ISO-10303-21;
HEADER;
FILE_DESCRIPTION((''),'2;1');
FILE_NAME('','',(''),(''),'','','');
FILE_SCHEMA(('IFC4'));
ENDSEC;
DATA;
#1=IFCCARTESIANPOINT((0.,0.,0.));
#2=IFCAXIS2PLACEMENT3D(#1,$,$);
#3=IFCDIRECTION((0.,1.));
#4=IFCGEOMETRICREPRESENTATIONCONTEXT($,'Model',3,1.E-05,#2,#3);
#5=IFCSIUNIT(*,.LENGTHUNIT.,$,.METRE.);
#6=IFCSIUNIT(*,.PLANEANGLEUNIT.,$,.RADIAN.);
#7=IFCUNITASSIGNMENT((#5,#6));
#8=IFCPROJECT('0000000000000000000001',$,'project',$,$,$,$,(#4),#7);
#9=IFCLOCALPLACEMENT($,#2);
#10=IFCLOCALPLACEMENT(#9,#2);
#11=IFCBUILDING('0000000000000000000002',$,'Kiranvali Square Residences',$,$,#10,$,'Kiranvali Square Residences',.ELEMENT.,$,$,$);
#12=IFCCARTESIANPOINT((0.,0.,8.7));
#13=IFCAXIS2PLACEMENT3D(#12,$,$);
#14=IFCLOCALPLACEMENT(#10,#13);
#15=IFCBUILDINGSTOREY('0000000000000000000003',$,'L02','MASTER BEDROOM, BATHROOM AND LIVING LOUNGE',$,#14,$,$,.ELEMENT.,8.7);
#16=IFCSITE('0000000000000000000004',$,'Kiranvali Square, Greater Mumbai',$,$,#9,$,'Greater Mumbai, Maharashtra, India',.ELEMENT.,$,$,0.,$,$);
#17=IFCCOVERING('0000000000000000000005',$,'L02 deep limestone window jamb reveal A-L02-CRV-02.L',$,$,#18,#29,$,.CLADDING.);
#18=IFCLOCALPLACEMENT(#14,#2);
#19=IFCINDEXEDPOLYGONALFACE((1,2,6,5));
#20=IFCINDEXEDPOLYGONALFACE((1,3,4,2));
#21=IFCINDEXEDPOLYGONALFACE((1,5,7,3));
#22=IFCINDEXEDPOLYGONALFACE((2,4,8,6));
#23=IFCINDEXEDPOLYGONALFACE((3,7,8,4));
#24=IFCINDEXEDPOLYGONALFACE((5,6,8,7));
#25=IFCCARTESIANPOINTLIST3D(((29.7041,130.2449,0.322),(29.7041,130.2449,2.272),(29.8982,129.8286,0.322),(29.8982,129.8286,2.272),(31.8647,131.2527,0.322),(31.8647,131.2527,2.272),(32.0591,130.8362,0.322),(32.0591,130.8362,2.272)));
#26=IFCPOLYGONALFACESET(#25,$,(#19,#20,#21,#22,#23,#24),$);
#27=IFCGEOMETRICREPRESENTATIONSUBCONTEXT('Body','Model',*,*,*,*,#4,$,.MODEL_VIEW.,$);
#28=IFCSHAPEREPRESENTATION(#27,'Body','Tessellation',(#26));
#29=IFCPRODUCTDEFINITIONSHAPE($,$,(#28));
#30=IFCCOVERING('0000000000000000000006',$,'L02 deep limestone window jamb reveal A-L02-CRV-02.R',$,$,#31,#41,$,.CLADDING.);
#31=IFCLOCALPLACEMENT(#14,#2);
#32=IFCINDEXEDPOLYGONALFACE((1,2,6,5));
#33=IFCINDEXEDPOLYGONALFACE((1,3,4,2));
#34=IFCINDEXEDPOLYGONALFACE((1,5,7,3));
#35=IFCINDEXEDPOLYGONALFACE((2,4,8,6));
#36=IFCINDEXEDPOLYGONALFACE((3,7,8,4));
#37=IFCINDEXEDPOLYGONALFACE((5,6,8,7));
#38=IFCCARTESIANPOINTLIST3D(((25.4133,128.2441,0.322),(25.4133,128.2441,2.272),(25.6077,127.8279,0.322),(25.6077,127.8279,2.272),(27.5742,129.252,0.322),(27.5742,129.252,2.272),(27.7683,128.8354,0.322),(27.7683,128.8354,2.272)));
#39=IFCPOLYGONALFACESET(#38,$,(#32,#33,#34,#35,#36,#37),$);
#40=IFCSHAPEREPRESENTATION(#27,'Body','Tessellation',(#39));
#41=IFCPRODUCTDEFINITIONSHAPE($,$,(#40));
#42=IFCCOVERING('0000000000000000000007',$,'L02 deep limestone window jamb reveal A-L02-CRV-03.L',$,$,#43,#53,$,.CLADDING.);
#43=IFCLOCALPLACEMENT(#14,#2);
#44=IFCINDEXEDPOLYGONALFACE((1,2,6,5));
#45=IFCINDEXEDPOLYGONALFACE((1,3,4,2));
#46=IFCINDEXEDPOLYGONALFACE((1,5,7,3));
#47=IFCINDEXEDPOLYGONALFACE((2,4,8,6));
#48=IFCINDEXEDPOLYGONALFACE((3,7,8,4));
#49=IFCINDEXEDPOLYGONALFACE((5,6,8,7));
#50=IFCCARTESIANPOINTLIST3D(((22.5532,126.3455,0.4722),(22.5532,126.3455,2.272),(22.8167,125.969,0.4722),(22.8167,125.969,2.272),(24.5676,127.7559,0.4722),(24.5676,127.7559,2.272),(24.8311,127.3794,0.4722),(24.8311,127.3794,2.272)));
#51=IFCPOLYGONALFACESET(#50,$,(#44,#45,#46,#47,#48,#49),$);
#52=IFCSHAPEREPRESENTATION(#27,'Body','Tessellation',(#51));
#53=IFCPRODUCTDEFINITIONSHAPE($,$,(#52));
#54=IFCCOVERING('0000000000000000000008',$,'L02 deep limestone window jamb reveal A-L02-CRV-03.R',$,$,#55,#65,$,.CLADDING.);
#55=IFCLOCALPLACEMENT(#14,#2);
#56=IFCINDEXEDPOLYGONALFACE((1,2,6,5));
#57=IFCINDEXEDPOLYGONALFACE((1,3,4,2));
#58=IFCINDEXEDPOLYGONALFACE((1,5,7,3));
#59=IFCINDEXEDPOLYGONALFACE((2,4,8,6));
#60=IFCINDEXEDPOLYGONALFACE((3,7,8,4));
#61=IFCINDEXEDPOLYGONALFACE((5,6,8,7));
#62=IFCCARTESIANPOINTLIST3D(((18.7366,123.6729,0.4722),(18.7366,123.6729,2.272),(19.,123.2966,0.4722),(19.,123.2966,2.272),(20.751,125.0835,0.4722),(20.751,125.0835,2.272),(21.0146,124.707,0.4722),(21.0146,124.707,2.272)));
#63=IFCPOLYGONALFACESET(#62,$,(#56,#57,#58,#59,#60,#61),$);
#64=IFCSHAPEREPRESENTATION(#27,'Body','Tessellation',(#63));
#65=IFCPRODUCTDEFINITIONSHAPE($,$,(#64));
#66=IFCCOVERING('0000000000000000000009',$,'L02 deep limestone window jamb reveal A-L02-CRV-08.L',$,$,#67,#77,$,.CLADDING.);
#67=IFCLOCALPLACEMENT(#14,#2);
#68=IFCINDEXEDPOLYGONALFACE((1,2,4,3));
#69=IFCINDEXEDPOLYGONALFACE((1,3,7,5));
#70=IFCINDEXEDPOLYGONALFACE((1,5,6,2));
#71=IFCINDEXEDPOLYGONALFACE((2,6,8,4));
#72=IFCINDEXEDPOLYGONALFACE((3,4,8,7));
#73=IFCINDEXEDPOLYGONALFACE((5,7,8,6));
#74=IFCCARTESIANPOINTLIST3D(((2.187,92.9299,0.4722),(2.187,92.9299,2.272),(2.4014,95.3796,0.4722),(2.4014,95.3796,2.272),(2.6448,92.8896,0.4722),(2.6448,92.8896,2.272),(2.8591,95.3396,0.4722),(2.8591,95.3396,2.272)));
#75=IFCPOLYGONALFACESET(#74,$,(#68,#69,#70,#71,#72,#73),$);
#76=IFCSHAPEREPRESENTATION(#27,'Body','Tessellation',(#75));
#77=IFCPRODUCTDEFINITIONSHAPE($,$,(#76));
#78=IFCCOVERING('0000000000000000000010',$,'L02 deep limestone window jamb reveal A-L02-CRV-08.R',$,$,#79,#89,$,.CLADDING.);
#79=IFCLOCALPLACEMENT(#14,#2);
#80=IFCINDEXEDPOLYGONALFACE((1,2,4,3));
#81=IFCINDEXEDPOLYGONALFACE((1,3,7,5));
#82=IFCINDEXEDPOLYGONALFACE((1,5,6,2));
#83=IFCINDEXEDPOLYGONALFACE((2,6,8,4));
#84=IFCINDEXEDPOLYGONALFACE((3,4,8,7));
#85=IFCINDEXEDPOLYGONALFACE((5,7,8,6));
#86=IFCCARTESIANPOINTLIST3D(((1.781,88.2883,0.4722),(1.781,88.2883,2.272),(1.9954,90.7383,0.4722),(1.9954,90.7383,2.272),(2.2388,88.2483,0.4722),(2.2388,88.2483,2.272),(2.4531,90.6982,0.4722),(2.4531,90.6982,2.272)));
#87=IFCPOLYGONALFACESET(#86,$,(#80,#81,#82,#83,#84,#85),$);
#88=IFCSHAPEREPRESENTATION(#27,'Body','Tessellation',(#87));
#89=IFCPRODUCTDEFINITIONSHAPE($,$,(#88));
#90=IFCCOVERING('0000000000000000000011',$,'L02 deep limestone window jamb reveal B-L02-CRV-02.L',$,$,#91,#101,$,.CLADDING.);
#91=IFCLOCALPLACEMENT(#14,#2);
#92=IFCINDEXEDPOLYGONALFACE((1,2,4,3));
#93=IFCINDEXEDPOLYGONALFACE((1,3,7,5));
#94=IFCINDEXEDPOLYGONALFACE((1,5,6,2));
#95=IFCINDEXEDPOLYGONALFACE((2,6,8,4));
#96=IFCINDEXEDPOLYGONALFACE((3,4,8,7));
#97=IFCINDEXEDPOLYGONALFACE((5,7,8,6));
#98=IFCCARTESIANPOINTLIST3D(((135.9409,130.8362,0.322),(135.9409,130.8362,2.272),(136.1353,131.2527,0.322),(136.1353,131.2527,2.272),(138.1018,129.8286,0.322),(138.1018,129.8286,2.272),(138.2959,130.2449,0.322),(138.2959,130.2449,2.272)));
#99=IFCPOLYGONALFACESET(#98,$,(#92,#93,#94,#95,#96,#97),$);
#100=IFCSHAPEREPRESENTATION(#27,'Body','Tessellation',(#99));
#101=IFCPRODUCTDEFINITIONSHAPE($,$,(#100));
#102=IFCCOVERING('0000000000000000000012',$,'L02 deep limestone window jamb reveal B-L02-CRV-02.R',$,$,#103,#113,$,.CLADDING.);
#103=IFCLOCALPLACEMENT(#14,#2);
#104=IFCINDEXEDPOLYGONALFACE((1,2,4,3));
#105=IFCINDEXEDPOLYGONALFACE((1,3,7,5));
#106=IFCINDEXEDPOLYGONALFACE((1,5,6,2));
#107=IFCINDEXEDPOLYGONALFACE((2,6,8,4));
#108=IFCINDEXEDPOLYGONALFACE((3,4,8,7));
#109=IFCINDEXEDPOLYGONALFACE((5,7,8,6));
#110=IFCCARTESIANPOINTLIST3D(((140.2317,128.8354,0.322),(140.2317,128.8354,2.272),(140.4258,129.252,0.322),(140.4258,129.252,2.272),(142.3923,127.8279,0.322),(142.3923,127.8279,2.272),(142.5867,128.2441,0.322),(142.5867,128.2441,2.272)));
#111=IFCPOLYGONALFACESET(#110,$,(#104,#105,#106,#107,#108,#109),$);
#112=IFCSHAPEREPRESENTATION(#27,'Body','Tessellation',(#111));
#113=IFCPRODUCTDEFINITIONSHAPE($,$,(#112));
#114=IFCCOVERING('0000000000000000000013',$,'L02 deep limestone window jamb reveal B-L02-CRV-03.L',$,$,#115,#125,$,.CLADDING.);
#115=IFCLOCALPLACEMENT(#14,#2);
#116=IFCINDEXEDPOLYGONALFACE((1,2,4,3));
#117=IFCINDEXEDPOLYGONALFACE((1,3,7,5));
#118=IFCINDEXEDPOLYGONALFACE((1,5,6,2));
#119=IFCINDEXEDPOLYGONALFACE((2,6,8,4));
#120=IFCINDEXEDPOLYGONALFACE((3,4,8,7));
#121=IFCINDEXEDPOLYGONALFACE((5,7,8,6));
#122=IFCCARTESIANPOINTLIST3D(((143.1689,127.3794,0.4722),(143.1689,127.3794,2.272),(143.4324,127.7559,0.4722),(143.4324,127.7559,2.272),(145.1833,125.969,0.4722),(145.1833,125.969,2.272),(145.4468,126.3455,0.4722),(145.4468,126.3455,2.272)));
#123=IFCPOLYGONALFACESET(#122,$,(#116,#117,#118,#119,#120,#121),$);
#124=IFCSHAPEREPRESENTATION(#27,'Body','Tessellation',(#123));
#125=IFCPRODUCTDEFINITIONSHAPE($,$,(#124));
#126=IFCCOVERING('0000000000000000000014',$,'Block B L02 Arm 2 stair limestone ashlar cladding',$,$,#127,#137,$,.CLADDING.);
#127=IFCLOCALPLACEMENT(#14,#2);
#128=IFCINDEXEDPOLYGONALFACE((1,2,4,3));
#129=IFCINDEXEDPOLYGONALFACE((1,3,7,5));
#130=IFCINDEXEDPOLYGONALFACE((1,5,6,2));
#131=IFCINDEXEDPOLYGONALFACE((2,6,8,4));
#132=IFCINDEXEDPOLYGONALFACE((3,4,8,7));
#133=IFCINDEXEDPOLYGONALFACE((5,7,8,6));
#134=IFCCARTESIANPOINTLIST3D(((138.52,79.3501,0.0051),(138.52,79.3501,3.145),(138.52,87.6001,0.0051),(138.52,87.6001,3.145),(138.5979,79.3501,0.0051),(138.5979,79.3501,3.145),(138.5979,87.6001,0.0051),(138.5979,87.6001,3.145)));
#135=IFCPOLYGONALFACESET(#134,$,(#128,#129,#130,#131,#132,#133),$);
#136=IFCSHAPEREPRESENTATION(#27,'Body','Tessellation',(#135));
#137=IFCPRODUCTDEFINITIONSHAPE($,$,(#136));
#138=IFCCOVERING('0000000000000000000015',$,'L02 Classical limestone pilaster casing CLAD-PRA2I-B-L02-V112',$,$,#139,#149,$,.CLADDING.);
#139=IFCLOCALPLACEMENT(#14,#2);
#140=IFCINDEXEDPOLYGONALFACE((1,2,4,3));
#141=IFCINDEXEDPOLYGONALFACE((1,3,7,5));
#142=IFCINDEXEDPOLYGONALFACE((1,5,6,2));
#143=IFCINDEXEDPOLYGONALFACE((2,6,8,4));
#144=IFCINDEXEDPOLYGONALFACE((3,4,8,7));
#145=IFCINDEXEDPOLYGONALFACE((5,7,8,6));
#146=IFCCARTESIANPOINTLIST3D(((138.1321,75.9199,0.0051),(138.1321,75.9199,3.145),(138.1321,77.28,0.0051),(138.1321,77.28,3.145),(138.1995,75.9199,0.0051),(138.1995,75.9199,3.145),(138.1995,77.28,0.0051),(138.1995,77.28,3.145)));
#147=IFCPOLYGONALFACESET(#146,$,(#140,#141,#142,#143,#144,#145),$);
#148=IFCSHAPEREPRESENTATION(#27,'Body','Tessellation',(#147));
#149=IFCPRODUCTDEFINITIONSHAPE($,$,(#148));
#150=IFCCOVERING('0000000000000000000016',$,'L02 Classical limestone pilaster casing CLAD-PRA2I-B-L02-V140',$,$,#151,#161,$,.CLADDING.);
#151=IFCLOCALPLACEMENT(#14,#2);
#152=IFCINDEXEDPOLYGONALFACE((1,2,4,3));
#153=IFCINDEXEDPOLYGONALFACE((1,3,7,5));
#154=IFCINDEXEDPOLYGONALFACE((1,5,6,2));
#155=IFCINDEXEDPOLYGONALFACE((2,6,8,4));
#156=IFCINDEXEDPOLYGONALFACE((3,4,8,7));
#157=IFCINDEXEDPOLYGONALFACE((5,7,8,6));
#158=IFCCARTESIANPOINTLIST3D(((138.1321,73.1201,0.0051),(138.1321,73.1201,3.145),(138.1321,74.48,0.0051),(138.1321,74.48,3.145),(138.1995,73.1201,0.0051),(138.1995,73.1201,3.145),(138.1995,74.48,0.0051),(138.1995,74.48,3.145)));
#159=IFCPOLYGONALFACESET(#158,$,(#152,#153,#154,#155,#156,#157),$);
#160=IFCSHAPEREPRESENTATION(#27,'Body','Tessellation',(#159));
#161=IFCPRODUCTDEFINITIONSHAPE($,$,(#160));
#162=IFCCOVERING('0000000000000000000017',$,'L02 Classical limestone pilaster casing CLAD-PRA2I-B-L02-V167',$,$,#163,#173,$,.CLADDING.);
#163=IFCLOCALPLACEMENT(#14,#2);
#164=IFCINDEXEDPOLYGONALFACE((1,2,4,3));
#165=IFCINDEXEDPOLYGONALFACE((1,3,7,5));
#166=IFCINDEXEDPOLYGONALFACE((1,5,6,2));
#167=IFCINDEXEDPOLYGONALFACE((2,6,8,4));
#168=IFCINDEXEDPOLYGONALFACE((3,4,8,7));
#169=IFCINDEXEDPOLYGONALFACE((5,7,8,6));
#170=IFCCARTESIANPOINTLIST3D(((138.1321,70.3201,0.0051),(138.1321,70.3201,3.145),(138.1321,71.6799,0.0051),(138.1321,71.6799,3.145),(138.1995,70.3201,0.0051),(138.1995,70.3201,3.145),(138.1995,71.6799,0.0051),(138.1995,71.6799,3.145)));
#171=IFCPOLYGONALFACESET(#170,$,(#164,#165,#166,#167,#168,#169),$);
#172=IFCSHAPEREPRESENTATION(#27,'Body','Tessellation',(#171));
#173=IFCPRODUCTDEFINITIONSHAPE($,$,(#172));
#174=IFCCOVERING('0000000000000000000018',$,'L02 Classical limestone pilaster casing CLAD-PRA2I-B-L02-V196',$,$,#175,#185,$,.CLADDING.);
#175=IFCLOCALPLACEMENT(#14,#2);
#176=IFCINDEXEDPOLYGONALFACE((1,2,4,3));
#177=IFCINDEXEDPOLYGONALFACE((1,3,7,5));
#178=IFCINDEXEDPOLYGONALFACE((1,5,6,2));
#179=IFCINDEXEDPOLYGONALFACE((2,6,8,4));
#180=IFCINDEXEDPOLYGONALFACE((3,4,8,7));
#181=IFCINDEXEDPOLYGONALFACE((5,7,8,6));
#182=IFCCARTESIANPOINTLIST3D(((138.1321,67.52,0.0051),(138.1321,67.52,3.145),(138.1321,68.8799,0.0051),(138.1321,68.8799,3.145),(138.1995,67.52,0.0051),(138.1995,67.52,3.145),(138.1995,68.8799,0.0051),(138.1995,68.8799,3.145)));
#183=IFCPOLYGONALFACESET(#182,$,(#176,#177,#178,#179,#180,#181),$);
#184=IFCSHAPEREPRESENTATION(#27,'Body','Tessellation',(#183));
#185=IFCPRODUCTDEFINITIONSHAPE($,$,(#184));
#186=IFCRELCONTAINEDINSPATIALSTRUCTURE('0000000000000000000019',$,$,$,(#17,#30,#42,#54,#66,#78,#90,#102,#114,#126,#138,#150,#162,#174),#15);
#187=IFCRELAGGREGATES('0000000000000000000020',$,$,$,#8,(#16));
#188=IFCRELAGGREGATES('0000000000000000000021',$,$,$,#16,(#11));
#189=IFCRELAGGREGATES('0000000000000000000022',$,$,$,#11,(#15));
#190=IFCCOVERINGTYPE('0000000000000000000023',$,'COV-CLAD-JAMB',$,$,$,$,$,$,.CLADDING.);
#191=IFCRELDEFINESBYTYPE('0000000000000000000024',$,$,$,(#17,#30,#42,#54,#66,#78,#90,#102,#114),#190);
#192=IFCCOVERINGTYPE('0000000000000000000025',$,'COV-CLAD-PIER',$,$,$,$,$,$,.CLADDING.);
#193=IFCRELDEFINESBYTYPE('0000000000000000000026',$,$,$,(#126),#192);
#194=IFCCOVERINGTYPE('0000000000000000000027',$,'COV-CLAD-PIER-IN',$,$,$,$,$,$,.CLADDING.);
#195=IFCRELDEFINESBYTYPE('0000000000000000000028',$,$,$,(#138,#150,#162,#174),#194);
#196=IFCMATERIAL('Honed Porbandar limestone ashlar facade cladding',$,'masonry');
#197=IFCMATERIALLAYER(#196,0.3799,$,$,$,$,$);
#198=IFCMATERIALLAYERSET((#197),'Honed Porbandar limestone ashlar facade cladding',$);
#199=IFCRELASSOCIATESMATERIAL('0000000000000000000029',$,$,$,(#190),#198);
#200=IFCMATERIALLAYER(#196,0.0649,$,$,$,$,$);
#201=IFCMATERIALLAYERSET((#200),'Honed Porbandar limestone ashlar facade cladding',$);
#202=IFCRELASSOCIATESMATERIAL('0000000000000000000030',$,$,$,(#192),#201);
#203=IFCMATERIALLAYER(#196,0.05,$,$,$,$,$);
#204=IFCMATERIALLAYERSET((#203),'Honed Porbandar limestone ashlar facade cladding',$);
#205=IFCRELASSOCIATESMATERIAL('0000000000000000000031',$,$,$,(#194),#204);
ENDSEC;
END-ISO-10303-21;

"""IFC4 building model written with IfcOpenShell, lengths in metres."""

from ifc_helpers import new_model, si_unit, direction, frame, origin, place, context, subcontext, project, spatial, polyline, outline, extrude, material, layer, layer_set, type_object, element, save


model = new_model("IFC4")

# Units and contexts
model_context = context("Model", 3, precision=1e-05, world=origin(), true_north=direction((0.0, 1.0)))
body_context = subcontext(model_context, "Body", "Model", "MODEL_VIEW")
ifc_project = project(units=[si_unit("LENGTHUNIT", "METRE"), si_unit("PLANEANGLEUNIT", "RADIAN")], contexts=[model_context])

# Site, building, storey
site_placement = place(None, origin())
site = spatial("IfcSite", under=ifc_project, at=site_placement, Name="Kiranvali Square, Greater Mumbai", LongName="Greater Mumbai, Maharashtra, India", CompositionType="ELEMENT", RefElevation=0.0)
building_placement = place(site_placement, origin())
building = spatial("IfcBuilding", under=site, at=building_placement, Name="Kiranvali Square Residences", LongName="Kiranvali Square Residences", CompositionType="ELEMENT")
storey_placement = place(building_placement, frame((0.0, 0.0, 8.7)))
storey = spatial("IfcBuildingStorey", under=building, at=storey_placement, Name="L02", Description="MASTER BEDROOM, BATHROOM AND LIVING LOUNGE", CompositionType="ELEMENT", Elevation=8.7)

# Coverings
ifc_material = material(Name="Honed Porbandar limestone ashlar facade cladding", Category="masonry")
ifc_layer_1 = layer(ifc_material, 0.3799)
ifc_layer_set_1 = layer_set([ifc_layer_1], Name="Honed Porbandar limestone ashlar facade cladding")
covering_type_1 = type_object("IfcCoveringType", Name="COV-CLAD-JAMB", PredefinedType="CLADDING", material=ifc_layer_set_1)
covering_1_placement = place(storey_placement, frame((0.0, 0.0, 0.322)))
element("IfcCovering", 1, at=covering_1_placement, inside=storey, type_object=covering_type_1, Name="L02 deep limestone window jamb reveal A-L02-CRV-02.L", PredefinedType="CLADDING", context=body_context, shape_type="SweptSolid", body=[
    extrude(outline(polyline([(31.8647, 131.2527), (29.7041, 130.2449), (29.8982, 129.8286), (32.0591, 130.8362), (31.8647, 131.2527)])), origin(), (0.0, 0.0, 1.0), 1.95),
])
covering_2_placement = place(storey_placement, frame((0.0, 0.0, 0.322)))
element("IfcCovering", 2, at=covering_2_placement, inside=storey, type_object=covering_type_1, Name="L02 deep limestone window jamb reveal A-L02-CRV-02.R", PredefinedType="CLADDING", context=body_context, shape_type="SweptSolid", body=[
    extrude(outline(polyline([(27.5742, 129.252), (25.4133, 128.2441), (25.6077, 127.8279), (27.7683, 128.8354), (27.5742, 129.252)])), origin(), (0.0, 0.0, 1.0), 1.95),
])
covering_3_placement = place(storey_placement, frame((0.0, 0.0, 0.4722)))
element("IfcCovering", 3, at=covering_3_placement, inside=storey, type_object=covering_type_1, Name="L02 deep limestone window jamb reveal A-L02-CRV-03.L", PredefinedType="CLADDING", context=body_context, shape_type="SweptSolid", body=[
    extrude(outline(polyline([(24.5676, 127.7559), (22.5532, 126.3455), (22.8167, 125.969), (24.8311, 127.3794), (24.5676, 127.7559)])), origin(), (0.0, 0.0, 1.0), 1.7998),
])
covering_4_placement = place(storey_placement, frame((0.0, 0.0, 0.4722)))
element("IfcCovering", 4, at=covering_4_placement, inside=storey, type_object=covering_type_1, Name="L02 deep limestone window jamb reveal A-L02-CRV-03.R", PredefinedType="CLADDING", context=body_context, shape_type="SweptSolid", body=[
    extrude(outline(polyline([(20.751, 125.0835), (18.7366, 123.6729), (19.0, 123.2966), (21.0146, 124.707), (20.751, 125.0835)])), origin(), (0.0, 0.0, 1.0), 1.7998),
])
covering_5_placement = place(storey_placement, frame((0.0, 0.0, 0.4722)))
element("IfcCovering", 5, at=covering_5_placement, inside=storey, type_object=covering_type_1, Name="L02 deep limestone window jamb reveal A-L02-CRV-08.L", PredefinedType="CLADDING", context=body_context, shape_type="SweptSolid", body=[
    extrude(outline(polyline([(2.4014, 95.3796), (2.187, 92.9299), (2.6448, 92.8896), (2.8591, 95.3396), (2.4014, 95.3796)])), origin(), (0.0, 0.0, 1.0), 1.7998),
])
covering_6_placement = place(storey_placement, frame((0.0, 0.0, 0.4722)))
element("IfcCovering", 6, at=covering_6_placement, inside=storey, type_object=covering_type_1, Name="L02 deep limestone window jamb reveal A-L02-CRV-08.R", PredefinedType="CLADDING", context=body_context, shape_type="SweptSolid", body=[
    extrude(outline(polyline([(1.9954, 90.7383), (1.781, 88.2883), (2.2388, 88.2483), (2.4531, 90.6982), (1.9954, 90.7383)])), origin(), (0.0, 0.0, 1.0), 1.7998),
])
covering_7_placement = place(storey_placement, frame((0.0, 0.0, 0.322)))
element("IfcCovering", 7, at=covering_7_placement, inside=storey, type_object=covering_type_1, Name="L02 deep limestone window jamb reveal B-L02-CRV-02.L", PredefinedType="CLADDING", context=body_context, shape_type="SweptSolid", body=[
    extrude(outline(polyline([(135.9409, 130.8362), (138.1018, 129.8286), (138.2959, 130.2449), (136.1353, 131.2527), (135.9409, 130.8362)])), origin(), (0.0, 0.0, 1.0), 1.95),
])
covering_8_placement = place(storey_placement, frame((0.0, 0.0, 0.322)))
element("IfcCovering", 8, at=covering_8_placement, inside=storey, type_object=covering_type_1, Name="L02 deep limestone window jamb reveal B-L02-CRV-02.R", PredefinedType="CLADDING", context=body_context, shape_type="SweptSolid", body=[
    extrude(outline(polyline([(140.2317, 128.8354), (142.3923, 127.8279), (142.5867, 128.2441), (140.4258, 129.252), (140.2317, 128.8354)])), origin(), (0.0, 0.0, 1.0), 1.95),
])
covering_9_placement = place(storey_placement, frame((0.0, 0.0, 0.4722)))
element("IfcCovering", 9, at=covering_9_placement, inside=storey, type_object=covering_type_1, Name="L02 deep limestone window jamb reveal B-L02-CRV-03.L", PredefinedType="CLADDING", context=body_context, shape_type="SweptSolid", body=[
    extrude(outline(polyline([(143.1689, 127.3794), (145.1833, 125.969), (145.4468, 126.3455), (143.4324, 127.7559), (143.1689, 127.3794)])), origin(), (0.0, 0.0, 1.0), 1.7998),
])
ifc_layer_2 = layer(ifc_material, 0.0649)
ifc_layer_set_2 = layer_set([ifc_layer_2], Name="Honed Porbandar limestone ashlar facade cladding")
covering_type_2 = type_object("IfcCoveringType", Name="COV-CLAD-PIER", PredefinedType="CLADDING", material=ifc_layer_set_2)
covering_10_placement = place(storey_placement, frame((0.0, 0.0, 0.0051)))
element("IfcCovering", 10, at=covering_10_placement, inside=storey, type_object=covering_type_2, Name="Block B L02 Arm 2 stair limestone ashlar cladding", PredefinedType="CLADDING", context=body_context, shape_type="SweptSolid", body=[
    extrude(outline(polyline([(138.52, 87.6001), (138.52, 79.3501), (138.5979, 79.3501), (138.5979, 87.6001), (138.52, 87.6001)])), origin(), (0.0, 0.0, 1.0), 3.1399),
])
ifc_layer_3 = layer(ifc_material, 0.05)
ifc_layer_set_3 = layer_set([ifc_layer_3], Name="Honed Porbandar limestone ashlar facade cladding")
covering_type_3 = type_object("IfcCoveringType", Name="COV-CLAD-PIER-IN", PredefinedType="CLADDING", material=ifc_layer_set_3)
covering_11_placement = place(storey_placement, frame((0.0, 0.0, 0.0051)))
element("IfcCovering", 11, at=covering_11_placement, inside=storey, type_object=covering_type_3, Name="L02 Classical limestone pilaster casing CLAD-PRA2I-B-L02-V112", PredefinedType="CLADDING", context=body_context, shape_type="SweptSolid", body=[
    extrude(outline(polyline([(138.1321, 77.28), (138.1321, 75.9199), (138.1995, 75.9199), (138.1995, 77.28), (138.1321, 77.28)])), origin(), (0.0, 0.0, 1.0), 3.1399),
])
covering_12_placement = place(storey_placement, frame((0.0, 0.0, 0.0051)))
element("IfcCovering", 12, at=covering_12_placement, inside=storey, type_object=covering_type_3, Name="L02 Classical limestone pilaster casing CLAD-PRA2I-B-L02-V140", PredefinedType="CLADDING", context=body_context, shape_type="SweptSolid", body=[
    extrude(outline(polyline([(138.1321, 74.48), (138.1321, 73.1201), (138.1995, 73.1201), (138.1995, 74.48), (138.1321, 74.48)])), origin(), (0.0, 0.0, 1.0), 3.1399),
])
covering_13_placement = place(storey_placement, frame((0.0, 0.0, 0.0051)))
element("IfcCovering", 13, at=covering_13_placement, inside=storey, type_object=covering_type_3, Name="L02 Classical limestone pilaster casing CLAD-PRA2I-B-L02-V167", PredefinedType="CLADDING", context=body_context, shape_type="SweptSolid", body=[
    extrude(outline(polyline([(138.1321, 71.6799), (138.1321, 70.3201), (138.1995, 70.3201), (138.1995, 71.6799), (138.1321, 71.6799)])), origin(), (0.0, 0.0, 1.0), 3.1399),
])
covering_14_placement = place(storey_placement, frame((0.0, 0.0, 0.0051)))
element("IfcCovering", 14, at=covering_14_placement, inside=storey, type_object=covering_type_3, Name="L02 Classical limestone pilaster casing CLAD-PRA2I-B-L02-V196", PredefinedType="CLADDING", context=body_context, shape_type="SweptSolid", body=[
    extrude(outline(polyline([(138.1321, 68.8799), (138.1321, 67.52), (138.1995, 67.52), (138.1995, 68.8799), (138.1321, 68.8799)])), origin(), (0.0, 0.0, 1.0), 3.1399),
])

save(model, "model.ifc")
